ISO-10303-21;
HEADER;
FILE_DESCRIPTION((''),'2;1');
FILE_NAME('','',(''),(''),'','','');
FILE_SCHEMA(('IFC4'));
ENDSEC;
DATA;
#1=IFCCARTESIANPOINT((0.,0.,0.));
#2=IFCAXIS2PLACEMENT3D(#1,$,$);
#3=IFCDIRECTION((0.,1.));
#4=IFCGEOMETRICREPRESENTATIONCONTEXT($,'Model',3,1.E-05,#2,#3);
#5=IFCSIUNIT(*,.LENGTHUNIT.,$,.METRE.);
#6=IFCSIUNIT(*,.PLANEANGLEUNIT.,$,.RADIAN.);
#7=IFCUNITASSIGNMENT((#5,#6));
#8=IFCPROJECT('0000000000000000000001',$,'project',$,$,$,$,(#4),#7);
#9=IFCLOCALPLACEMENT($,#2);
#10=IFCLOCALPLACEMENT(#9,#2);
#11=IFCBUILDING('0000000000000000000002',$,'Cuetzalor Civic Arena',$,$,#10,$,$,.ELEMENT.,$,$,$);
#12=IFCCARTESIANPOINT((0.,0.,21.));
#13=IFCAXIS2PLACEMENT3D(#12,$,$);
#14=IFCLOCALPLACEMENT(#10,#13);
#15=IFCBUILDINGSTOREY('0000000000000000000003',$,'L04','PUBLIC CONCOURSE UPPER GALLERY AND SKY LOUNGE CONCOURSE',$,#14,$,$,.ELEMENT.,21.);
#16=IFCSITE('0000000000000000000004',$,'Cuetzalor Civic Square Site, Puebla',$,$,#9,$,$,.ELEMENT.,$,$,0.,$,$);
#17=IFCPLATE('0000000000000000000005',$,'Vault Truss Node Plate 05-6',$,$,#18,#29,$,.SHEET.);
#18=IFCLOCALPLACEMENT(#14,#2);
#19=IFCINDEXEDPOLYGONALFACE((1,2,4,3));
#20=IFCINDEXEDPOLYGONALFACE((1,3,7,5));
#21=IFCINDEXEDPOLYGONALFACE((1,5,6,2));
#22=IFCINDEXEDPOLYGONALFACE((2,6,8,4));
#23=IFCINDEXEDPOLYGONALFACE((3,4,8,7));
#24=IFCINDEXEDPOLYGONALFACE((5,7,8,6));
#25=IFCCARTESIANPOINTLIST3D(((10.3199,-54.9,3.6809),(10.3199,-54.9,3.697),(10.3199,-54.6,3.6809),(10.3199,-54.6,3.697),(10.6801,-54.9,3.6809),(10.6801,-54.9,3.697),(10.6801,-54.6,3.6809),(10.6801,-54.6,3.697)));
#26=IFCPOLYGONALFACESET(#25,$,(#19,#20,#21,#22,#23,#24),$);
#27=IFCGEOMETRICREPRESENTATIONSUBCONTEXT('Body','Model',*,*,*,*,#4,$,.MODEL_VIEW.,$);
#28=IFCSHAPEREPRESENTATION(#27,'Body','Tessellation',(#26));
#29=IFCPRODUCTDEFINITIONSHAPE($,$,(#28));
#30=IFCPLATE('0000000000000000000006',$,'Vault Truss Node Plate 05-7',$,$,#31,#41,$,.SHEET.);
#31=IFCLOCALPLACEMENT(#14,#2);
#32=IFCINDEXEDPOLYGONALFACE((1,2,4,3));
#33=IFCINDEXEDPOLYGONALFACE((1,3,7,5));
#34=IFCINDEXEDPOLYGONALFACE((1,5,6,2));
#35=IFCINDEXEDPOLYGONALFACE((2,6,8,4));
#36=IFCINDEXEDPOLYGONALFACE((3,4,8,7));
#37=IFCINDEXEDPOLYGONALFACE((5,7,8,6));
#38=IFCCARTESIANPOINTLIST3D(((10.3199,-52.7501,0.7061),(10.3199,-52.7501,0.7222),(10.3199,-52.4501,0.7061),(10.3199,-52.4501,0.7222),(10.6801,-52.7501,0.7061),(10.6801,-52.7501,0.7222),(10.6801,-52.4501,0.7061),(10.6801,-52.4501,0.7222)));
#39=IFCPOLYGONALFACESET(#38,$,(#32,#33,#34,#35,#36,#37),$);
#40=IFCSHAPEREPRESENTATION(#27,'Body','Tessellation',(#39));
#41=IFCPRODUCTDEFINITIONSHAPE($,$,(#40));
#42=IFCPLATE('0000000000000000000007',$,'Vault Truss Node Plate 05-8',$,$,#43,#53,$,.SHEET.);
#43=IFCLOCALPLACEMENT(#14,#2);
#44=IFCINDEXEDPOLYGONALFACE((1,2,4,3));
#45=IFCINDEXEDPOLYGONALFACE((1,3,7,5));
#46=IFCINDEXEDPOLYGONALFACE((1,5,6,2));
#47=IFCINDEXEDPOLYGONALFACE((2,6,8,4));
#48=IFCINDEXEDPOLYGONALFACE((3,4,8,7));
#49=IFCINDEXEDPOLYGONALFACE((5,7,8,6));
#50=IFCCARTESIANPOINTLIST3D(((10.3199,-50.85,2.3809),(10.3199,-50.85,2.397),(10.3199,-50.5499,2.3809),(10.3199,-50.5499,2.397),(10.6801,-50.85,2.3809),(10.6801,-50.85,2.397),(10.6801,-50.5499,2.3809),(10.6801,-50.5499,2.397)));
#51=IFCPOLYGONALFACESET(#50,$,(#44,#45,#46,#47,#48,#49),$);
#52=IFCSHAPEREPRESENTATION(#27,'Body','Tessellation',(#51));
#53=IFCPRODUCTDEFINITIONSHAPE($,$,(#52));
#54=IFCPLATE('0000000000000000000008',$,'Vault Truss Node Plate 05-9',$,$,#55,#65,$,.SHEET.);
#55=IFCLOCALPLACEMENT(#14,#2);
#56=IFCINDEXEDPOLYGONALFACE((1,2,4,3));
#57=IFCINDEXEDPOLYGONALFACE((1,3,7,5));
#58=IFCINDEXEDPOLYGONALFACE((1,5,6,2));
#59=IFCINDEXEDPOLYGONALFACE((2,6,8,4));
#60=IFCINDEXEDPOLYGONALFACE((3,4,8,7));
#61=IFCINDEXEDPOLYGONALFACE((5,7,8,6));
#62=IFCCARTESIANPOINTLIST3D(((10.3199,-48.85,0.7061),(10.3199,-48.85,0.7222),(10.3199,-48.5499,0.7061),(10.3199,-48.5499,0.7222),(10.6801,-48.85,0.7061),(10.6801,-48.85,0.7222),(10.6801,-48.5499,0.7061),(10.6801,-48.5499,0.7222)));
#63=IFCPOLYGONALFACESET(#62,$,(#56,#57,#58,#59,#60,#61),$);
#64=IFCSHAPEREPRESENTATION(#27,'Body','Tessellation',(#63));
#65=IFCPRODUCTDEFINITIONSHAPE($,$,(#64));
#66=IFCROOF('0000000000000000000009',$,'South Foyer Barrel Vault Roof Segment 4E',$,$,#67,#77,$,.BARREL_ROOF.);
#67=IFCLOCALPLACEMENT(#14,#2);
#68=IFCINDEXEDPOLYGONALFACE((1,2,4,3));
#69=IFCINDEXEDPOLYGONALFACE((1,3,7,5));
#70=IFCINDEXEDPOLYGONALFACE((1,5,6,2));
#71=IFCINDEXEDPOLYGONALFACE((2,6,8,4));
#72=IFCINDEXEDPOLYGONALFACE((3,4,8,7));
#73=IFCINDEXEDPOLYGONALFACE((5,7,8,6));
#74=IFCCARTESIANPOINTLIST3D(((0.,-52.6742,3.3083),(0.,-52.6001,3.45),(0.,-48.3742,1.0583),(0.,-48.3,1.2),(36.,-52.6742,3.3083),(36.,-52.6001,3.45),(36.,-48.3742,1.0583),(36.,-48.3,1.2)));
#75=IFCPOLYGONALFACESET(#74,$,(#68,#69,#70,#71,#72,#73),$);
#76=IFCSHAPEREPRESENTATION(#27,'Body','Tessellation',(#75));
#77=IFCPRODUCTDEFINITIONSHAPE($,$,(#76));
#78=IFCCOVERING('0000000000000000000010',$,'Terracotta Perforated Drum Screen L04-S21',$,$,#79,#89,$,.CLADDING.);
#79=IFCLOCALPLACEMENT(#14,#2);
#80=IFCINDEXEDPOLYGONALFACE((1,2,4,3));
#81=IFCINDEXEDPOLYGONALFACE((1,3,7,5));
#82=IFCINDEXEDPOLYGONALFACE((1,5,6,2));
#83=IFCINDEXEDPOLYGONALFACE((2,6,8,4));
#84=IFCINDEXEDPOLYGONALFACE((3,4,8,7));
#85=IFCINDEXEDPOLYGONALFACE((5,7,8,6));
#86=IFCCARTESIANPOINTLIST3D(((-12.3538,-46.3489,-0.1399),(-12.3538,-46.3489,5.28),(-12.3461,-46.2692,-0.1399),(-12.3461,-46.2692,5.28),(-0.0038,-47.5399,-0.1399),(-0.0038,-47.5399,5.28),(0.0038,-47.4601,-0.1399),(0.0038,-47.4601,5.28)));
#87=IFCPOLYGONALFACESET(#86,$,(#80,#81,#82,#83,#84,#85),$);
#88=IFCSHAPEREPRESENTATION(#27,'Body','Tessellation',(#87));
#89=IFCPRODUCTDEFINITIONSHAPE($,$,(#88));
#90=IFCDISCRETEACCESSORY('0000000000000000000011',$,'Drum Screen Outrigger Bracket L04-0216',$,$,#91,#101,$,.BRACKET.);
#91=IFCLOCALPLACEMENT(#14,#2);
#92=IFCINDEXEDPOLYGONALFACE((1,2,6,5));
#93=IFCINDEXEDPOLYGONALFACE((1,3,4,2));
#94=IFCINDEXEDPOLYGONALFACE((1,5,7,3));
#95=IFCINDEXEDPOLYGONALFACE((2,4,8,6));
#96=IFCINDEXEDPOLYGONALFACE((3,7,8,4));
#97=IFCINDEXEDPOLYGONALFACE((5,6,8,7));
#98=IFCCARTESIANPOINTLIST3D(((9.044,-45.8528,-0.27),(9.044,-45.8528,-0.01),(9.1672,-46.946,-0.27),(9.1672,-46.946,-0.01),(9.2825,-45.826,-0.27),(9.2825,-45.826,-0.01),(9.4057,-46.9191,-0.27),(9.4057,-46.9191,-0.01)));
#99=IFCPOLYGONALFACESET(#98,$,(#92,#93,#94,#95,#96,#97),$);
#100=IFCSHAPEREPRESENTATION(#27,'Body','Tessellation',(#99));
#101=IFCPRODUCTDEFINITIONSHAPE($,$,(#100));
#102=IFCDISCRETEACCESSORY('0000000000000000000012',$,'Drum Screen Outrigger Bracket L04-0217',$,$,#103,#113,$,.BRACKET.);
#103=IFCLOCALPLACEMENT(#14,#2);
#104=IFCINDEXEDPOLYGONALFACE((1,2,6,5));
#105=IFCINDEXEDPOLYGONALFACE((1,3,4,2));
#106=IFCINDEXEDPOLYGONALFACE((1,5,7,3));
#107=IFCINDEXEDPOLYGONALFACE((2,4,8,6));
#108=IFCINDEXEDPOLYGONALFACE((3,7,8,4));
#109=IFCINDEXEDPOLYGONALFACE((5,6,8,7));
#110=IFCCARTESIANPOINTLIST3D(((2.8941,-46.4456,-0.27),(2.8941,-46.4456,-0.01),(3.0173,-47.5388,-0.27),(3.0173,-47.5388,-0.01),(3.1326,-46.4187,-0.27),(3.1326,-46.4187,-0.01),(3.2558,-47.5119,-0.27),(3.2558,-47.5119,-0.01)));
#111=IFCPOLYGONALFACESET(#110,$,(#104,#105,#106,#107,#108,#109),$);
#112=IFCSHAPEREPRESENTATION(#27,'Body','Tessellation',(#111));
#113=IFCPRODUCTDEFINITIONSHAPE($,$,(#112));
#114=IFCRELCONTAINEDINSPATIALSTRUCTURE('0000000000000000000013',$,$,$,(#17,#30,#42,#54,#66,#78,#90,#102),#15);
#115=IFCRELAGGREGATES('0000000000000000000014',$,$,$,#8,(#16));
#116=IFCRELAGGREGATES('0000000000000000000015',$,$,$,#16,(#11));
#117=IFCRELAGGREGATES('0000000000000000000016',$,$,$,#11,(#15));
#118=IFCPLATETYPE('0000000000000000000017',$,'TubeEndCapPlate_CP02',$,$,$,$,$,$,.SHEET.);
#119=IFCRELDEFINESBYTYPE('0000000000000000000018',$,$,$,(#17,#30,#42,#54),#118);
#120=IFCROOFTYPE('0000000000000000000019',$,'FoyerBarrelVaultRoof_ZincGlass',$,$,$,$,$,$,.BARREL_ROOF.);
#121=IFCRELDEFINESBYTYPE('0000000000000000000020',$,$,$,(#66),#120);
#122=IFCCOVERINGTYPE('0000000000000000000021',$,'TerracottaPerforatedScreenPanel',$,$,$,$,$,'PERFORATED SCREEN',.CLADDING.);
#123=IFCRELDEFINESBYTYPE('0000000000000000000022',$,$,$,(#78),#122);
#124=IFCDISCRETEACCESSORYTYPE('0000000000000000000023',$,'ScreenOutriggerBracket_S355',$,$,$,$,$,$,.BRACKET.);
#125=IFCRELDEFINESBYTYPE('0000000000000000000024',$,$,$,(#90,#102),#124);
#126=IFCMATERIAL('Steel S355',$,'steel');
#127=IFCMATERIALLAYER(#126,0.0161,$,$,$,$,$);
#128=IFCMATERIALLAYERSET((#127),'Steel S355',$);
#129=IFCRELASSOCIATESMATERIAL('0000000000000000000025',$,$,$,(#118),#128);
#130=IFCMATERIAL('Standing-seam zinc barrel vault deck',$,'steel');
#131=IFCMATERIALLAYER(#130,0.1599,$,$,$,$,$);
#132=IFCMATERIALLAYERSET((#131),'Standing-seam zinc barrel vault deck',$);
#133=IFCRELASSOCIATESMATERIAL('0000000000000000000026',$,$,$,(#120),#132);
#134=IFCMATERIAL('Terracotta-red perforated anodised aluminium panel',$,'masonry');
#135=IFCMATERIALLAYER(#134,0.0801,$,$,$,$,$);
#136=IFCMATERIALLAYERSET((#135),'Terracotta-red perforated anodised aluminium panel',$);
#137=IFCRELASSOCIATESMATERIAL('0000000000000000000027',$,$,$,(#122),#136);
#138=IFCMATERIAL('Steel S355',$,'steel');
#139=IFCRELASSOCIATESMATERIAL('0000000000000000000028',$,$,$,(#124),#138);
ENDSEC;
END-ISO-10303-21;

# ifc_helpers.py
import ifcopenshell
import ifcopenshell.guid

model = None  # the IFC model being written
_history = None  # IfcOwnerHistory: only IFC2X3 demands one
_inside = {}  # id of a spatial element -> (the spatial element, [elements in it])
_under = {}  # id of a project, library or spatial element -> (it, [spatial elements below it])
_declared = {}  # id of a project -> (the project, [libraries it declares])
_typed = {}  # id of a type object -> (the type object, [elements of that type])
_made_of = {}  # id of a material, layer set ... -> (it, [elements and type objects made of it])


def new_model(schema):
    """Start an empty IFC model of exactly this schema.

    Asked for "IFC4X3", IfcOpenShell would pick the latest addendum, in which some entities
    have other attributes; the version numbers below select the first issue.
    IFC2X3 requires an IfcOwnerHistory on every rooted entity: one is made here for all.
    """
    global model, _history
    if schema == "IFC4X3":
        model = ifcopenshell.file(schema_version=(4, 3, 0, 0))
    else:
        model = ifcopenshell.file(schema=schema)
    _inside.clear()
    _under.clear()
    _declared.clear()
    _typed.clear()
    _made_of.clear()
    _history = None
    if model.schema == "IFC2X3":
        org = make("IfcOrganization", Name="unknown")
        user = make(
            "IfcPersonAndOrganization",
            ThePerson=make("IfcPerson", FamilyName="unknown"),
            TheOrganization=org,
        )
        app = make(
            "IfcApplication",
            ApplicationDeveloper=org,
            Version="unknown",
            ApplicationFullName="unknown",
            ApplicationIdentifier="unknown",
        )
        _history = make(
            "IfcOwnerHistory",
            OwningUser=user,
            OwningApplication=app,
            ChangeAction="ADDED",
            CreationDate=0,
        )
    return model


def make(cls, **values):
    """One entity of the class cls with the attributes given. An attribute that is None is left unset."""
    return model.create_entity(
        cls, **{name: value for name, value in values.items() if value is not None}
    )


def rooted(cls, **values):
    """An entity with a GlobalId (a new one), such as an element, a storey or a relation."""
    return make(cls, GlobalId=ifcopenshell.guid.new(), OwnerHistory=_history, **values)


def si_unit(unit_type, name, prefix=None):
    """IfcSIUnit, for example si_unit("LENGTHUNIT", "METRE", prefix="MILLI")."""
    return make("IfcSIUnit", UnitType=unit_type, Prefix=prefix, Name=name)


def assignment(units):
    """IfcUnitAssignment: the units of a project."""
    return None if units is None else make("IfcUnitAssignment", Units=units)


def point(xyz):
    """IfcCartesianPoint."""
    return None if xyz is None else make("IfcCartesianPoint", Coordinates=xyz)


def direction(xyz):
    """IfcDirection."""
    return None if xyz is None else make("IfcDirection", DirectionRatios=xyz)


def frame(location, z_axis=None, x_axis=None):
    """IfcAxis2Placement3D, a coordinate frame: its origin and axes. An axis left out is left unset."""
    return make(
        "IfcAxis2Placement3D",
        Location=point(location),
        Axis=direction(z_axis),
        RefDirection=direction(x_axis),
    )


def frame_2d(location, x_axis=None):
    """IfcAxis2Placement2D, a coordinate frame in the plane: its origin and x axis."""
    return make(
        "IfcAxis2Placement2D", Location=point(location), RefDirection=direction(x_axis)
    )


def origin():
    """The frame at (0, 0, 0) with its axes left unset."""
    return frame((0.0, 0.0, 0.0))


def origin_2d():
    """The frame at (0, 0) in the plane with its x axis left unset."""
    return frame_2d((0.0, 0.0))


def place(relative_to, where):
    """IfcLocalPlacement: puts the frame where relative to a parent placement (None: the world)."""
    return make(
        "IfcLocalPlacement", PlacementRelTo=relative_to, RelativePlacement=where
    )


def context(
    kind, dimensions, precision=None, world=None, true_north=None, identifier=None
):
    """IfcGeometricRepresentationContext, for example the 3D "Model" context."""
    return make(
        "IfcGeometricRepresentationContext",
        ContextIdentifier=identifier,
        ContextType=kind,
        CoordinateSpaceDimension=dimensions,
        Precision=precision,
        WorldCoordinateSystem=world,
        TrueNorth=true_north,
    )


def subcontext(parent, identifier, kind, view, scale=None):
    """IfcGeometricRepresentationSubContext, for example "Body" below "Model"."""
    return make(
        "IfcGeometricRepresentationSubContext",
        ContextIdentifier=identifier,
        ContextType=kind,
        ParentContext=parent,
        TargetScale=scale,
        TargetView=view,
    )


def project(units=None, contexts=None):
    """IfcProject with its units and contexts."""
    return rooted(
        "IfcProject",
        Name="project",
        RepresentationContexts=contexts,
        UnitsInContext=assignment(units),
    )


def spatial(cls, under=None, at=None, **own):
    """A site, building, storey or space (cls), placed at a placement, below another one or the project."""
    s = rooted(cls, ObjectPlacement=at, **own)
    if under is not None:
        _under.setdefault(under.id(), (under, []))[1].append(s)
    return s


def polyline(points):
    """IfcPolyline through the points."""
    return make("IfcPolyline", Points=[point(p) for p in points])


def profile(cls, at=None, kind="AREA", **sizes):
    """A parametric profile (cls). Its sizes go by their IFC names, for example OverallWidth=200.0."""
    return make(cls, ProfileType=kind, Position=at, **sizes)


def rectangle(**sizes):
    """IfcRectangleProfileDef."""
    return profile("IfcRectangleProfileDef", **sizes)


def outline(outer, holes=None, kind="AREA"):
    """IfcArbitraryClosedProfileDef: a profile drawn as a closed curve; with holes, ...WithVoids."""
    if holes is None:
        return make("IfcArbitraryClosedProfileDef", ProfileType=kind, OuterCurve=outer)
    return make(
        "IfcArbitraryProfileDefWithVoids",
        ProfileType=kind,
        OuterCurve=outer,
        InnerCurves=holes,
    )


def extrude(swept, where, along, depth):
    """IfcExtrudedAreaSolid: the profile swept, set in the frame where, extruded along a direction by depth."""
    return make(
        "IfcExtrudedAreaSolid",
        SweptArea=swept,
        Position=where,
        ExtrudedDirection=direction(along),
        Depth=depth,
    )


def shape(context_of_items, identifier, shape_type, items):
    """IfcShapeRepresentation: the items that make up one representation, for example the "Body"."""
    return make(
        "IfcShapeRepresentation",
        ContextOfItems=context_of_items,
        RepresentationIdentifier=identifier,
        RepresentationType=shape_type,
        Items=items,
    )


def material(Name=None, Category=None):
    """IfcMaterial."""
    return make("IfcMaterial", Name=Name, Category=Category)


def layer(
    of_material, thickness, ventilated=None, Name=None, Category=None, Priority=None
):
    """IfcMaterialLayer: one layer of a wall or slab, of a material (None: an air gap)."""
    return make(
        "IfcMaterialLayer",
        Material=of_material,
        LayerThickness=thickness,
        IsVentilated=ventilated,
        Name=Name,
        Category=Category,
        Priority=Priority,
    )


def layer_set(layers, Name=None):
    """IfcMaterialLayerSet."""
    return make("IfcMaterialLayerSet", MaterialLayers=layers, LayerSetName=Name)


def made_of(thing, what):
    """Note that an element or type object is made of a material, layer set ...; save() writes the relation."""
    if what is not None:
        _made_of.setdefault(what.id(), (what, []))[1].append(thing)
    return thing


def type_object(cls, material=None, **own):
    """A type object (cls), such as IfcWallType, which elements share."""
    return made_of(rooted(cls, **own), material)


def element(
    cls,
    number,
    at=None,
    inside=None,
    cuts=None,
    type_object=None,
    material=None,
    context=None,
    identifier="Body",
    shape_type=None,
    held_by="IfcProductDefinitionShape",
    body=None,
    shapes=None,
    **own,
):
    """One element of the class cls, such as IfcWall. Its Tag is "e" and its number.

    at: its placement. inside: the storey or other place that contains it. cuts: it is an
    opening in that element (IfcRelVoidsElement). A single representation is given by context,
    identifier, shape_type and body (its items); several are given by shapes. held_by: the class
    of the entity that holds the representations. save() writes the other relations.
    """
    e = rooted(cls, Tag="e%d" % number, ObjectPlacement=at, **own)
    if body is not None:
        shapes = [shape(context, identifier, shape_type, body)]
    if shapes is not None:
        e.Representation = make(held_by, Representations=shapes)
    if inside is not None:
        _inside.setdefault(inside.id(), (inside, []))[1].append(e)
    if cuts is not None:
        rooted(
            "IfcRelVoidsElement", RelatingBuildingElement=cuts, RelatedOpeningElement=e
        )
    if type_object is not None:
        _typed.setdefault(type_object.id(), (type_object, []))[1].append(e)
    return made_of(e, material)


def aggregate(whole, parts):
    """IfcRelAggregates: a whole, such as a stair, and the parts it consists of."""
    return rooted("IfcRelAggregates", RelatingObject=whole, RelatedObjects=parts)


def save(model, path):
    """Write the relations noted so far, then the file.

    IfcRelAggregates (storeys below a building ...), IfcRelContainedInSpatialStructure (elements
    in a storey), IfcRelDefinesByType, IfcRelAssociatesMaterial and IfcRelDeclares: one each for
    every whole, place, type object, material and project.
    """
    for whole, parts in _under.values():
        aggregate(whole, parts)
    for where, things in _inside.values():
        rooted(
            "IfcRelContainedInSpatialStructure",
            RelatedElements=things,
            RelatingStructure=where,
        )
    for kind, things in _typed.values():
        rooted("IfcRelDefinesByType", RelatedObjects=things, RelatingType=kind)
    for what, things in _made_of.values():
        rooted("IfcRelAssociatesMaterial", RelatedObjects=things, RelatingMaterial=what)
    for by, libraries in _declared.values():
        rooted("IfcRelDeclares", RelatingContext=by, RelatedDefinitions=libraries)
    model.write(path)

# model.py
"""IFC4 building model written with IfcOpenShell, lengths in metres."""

from ifc_helpers import new_model, si_unit, direction, frame, frame_2d, origin, origin_2d, place, context, subcontext, project, spatial, polyline, rectangle, outline, extrude, material, layer, layer_set, type_object, element, save


model = new_model("IFC4")

# Units and contexts
model_context = context("Model", 3, precision=1e-05, world=origin(), true_north=direction((0.0, 1.0)))
body_context = subcontext(model_context, "Body", "Model", "MODEL_VIEW")
ifc_project = project(units=[si_unit("LENGTHUNIT", "METRE"), si_unit("PLANEANGLEUNIT", "RADIAN")], contexts=[model_context])

# Site, building, storey
site_placement = place(None, origin())
site = spatial("IfcSite", under=ifc_project, at=site_placement, Name="Cuetzalor Civic Square Site, Puebla", CompositionType="ELEMENT", RefElevation=0.0)
building_placement = place(site_placement, origin())
building = spatial("IfcBuilding", under=site, at=building_placement, Name="Cuetzalor Civic Arena", CompositionType="ELEMENT")
storey_placement = place(building_placement, frame((0.0, 0.0, 21.0)))
storey = spatial("IfcBuildingStorey", under=building, at=storey_placement, Name="L04", Description="PUBLIC CONCOURSE UPPER GALLERY AND SKY LOUNGE CONCOURSE", CompositionType="ELEMENT", Elevation=21.0)

# Plates
ifc_material_1 = material(Name="Steel S355", Category="steel")
ifc_layer_1 = layer(ifc_material_1, 0.0161)
ifc_layer_set_1 = layer_set([ifc_layer_1], Name="Steel S355")
plate_type_1 = type_object("IfcPlateType", Name="TubeEndCapPlate_CP02", PredefinedType="SHEET", material=ifc_layer_set_1)
for number, where, z_axis, x_axis, name in (
    (1, (10.5, -54.75, 3.6809), (0.0, 0.0, 1.0), (1.0, 0.0, 0.0), "Vault Truss Node Plate 05-6"),
    (2, (10.5, -52.6001, 0.7061), (0.0, 0.0, 1.0), (1.0, 0.0, 0.0), "Vault Truss Node Plate 05-7"),
    (3, (10.5, -50.7, 2.3809), (0.0, 0.0, 1.0), (1.0, 0.0, 0.0), "Vault Truss Node Plate 05-8"),
    (4, (10.5, -48.7, 0.7061), (0.0, 0.0, 1.0), (1.0, 0.0, 0.0), "Vault Truss Node Plate 05-9"),
):
    element("IfcPlate", number, at=place(storey_placement, frame(where, z_axis=z_axis, x_axis=x_axis)), inside=storey, type_object=plate_type_1, Name=name, PredefinedType="SHEET", context=body_context, shape_type="SweptSolid", body=[
        extrude(rectangle(XDim=0.3601, YDim=0.3, at=origin_2d()), origin(), (0.0, 0.0, 1.0), 0.0161),
    ])

# Roof
ifc_material_2 = material(Name="Standing-seam zinc barrel vault deck", Category="steel")
ifc_layer_2 = layer(ifc_material_2, 0.1599)
ifc_layer_set_2 = layer_set([ifc_layer_2], Name="Standing-seam zinc barrel vault deck")
roof_type = type_object("IfcRoofType", Name="FoyerBarrelVaultRoof_ZincGlass", PredefinedType="BARREL_ROOF", material=ifc_layer_set_2)
roof_placement = place(storey_placement, frame((0.0, -52.6001, 3.45), z_axis=(0.0, 0.463618, 0.886035), x_axis=(1.0, 0.0, 0.0)))
element("IfcRoof", 5, at=roof_placement, inside=storey, type_object=roof_type, Name="South Foyer Barrel Vault Roof Segment 4E", PredefinedType="BARREL_ROOF", context=body_context, shape_type="SweptSolid", body=[
    extrude(outline(polyline([(0.0, 0.0), (36.0, 0.0), (36.0, 4.8531), (0.0, 4.8531), (0.0, 0.0)])), origin(), (0.0, 0.0, -1.0), 0.1599),
])

# Covering
ifc_material_3 = material(Name="Terracotta-red perforated anodised aluminium panel", Category="masonry")
ifc_layer_3 = layer(ifc_material_3, 0.0801)
ifc_layer_set_3 = layer_set([ifc_layer_3], Name="Terracotta-red perforated anodised aluminium panel")
covering_type = type_object("IfcCoveringType", Name="TerracottaPerforatedScreenPanel", ElementType="PERFORATED SCREEN", PredefinedType="CLADDING", material=ifc_layer_set_3)
covering_placement = place(storey_placement, frame((0.0, -47.5, -0.1399), z_axis=(0.0, 0.0, 1.0), x_axis=(-0.995383, 0.095986, 0.0)))
element("IfcCovering", 6, at=covering_placement, inside=storey, type_object=covering_type, Name="Terracotta Perforated Drum Screen L04-S21", PredefinedType="CLADDING", context=body_context, shape_type="SweptSolid", body=[
    extrude(rectangle(XDim=12.4072, YDim=0.0801, at=frame_2d((6.2036, 0.0))), origin(), (0.0, 0.0, 1.0), 5.4199),
])

# Discrete accessories
ifc_material_4 = material(Name="Steel S355", Category="steel")
discrete_accessory_type = type_object("IfcDiscreteAccessoryType", Name="ScreenOutriggerBracket_S355", PredefinedType="BRACKET", material=ifc_material_4)
for number, where, z_axis, x_axis, name in (
    (7, (9.2249, -46.386, -0.27), (0.0, 0.0, 1.0), (0.111989, -0.993709, 0.0), "Drum Screen Outrigger Bracket L04-0216"),
    (8, (3.075, -46.9788, -0.27), (0.0, 0.0, 1.0), (0.111989, -0.993709, 0.0), "Drum Screen Outrigger Bracket L04-0217"),
):
    element("IfcDiscreteAccessory", number, at=place(storey_placement, frame(where, z_axis=z_axis, x_axis=x_axis)), inside=storey, type_object=discrete_accessory_type, Name=name, PredefinedType="BRACKET", context=body_context, shape_type="SweptSolid", body=[
        extrude(rectangle(XDim=1.1001, YDim=0.24, at=origin_2d()), origin(), (0.0, 0.0, 1.0), 0.26),
    ])

save(model, "model.ifc")
